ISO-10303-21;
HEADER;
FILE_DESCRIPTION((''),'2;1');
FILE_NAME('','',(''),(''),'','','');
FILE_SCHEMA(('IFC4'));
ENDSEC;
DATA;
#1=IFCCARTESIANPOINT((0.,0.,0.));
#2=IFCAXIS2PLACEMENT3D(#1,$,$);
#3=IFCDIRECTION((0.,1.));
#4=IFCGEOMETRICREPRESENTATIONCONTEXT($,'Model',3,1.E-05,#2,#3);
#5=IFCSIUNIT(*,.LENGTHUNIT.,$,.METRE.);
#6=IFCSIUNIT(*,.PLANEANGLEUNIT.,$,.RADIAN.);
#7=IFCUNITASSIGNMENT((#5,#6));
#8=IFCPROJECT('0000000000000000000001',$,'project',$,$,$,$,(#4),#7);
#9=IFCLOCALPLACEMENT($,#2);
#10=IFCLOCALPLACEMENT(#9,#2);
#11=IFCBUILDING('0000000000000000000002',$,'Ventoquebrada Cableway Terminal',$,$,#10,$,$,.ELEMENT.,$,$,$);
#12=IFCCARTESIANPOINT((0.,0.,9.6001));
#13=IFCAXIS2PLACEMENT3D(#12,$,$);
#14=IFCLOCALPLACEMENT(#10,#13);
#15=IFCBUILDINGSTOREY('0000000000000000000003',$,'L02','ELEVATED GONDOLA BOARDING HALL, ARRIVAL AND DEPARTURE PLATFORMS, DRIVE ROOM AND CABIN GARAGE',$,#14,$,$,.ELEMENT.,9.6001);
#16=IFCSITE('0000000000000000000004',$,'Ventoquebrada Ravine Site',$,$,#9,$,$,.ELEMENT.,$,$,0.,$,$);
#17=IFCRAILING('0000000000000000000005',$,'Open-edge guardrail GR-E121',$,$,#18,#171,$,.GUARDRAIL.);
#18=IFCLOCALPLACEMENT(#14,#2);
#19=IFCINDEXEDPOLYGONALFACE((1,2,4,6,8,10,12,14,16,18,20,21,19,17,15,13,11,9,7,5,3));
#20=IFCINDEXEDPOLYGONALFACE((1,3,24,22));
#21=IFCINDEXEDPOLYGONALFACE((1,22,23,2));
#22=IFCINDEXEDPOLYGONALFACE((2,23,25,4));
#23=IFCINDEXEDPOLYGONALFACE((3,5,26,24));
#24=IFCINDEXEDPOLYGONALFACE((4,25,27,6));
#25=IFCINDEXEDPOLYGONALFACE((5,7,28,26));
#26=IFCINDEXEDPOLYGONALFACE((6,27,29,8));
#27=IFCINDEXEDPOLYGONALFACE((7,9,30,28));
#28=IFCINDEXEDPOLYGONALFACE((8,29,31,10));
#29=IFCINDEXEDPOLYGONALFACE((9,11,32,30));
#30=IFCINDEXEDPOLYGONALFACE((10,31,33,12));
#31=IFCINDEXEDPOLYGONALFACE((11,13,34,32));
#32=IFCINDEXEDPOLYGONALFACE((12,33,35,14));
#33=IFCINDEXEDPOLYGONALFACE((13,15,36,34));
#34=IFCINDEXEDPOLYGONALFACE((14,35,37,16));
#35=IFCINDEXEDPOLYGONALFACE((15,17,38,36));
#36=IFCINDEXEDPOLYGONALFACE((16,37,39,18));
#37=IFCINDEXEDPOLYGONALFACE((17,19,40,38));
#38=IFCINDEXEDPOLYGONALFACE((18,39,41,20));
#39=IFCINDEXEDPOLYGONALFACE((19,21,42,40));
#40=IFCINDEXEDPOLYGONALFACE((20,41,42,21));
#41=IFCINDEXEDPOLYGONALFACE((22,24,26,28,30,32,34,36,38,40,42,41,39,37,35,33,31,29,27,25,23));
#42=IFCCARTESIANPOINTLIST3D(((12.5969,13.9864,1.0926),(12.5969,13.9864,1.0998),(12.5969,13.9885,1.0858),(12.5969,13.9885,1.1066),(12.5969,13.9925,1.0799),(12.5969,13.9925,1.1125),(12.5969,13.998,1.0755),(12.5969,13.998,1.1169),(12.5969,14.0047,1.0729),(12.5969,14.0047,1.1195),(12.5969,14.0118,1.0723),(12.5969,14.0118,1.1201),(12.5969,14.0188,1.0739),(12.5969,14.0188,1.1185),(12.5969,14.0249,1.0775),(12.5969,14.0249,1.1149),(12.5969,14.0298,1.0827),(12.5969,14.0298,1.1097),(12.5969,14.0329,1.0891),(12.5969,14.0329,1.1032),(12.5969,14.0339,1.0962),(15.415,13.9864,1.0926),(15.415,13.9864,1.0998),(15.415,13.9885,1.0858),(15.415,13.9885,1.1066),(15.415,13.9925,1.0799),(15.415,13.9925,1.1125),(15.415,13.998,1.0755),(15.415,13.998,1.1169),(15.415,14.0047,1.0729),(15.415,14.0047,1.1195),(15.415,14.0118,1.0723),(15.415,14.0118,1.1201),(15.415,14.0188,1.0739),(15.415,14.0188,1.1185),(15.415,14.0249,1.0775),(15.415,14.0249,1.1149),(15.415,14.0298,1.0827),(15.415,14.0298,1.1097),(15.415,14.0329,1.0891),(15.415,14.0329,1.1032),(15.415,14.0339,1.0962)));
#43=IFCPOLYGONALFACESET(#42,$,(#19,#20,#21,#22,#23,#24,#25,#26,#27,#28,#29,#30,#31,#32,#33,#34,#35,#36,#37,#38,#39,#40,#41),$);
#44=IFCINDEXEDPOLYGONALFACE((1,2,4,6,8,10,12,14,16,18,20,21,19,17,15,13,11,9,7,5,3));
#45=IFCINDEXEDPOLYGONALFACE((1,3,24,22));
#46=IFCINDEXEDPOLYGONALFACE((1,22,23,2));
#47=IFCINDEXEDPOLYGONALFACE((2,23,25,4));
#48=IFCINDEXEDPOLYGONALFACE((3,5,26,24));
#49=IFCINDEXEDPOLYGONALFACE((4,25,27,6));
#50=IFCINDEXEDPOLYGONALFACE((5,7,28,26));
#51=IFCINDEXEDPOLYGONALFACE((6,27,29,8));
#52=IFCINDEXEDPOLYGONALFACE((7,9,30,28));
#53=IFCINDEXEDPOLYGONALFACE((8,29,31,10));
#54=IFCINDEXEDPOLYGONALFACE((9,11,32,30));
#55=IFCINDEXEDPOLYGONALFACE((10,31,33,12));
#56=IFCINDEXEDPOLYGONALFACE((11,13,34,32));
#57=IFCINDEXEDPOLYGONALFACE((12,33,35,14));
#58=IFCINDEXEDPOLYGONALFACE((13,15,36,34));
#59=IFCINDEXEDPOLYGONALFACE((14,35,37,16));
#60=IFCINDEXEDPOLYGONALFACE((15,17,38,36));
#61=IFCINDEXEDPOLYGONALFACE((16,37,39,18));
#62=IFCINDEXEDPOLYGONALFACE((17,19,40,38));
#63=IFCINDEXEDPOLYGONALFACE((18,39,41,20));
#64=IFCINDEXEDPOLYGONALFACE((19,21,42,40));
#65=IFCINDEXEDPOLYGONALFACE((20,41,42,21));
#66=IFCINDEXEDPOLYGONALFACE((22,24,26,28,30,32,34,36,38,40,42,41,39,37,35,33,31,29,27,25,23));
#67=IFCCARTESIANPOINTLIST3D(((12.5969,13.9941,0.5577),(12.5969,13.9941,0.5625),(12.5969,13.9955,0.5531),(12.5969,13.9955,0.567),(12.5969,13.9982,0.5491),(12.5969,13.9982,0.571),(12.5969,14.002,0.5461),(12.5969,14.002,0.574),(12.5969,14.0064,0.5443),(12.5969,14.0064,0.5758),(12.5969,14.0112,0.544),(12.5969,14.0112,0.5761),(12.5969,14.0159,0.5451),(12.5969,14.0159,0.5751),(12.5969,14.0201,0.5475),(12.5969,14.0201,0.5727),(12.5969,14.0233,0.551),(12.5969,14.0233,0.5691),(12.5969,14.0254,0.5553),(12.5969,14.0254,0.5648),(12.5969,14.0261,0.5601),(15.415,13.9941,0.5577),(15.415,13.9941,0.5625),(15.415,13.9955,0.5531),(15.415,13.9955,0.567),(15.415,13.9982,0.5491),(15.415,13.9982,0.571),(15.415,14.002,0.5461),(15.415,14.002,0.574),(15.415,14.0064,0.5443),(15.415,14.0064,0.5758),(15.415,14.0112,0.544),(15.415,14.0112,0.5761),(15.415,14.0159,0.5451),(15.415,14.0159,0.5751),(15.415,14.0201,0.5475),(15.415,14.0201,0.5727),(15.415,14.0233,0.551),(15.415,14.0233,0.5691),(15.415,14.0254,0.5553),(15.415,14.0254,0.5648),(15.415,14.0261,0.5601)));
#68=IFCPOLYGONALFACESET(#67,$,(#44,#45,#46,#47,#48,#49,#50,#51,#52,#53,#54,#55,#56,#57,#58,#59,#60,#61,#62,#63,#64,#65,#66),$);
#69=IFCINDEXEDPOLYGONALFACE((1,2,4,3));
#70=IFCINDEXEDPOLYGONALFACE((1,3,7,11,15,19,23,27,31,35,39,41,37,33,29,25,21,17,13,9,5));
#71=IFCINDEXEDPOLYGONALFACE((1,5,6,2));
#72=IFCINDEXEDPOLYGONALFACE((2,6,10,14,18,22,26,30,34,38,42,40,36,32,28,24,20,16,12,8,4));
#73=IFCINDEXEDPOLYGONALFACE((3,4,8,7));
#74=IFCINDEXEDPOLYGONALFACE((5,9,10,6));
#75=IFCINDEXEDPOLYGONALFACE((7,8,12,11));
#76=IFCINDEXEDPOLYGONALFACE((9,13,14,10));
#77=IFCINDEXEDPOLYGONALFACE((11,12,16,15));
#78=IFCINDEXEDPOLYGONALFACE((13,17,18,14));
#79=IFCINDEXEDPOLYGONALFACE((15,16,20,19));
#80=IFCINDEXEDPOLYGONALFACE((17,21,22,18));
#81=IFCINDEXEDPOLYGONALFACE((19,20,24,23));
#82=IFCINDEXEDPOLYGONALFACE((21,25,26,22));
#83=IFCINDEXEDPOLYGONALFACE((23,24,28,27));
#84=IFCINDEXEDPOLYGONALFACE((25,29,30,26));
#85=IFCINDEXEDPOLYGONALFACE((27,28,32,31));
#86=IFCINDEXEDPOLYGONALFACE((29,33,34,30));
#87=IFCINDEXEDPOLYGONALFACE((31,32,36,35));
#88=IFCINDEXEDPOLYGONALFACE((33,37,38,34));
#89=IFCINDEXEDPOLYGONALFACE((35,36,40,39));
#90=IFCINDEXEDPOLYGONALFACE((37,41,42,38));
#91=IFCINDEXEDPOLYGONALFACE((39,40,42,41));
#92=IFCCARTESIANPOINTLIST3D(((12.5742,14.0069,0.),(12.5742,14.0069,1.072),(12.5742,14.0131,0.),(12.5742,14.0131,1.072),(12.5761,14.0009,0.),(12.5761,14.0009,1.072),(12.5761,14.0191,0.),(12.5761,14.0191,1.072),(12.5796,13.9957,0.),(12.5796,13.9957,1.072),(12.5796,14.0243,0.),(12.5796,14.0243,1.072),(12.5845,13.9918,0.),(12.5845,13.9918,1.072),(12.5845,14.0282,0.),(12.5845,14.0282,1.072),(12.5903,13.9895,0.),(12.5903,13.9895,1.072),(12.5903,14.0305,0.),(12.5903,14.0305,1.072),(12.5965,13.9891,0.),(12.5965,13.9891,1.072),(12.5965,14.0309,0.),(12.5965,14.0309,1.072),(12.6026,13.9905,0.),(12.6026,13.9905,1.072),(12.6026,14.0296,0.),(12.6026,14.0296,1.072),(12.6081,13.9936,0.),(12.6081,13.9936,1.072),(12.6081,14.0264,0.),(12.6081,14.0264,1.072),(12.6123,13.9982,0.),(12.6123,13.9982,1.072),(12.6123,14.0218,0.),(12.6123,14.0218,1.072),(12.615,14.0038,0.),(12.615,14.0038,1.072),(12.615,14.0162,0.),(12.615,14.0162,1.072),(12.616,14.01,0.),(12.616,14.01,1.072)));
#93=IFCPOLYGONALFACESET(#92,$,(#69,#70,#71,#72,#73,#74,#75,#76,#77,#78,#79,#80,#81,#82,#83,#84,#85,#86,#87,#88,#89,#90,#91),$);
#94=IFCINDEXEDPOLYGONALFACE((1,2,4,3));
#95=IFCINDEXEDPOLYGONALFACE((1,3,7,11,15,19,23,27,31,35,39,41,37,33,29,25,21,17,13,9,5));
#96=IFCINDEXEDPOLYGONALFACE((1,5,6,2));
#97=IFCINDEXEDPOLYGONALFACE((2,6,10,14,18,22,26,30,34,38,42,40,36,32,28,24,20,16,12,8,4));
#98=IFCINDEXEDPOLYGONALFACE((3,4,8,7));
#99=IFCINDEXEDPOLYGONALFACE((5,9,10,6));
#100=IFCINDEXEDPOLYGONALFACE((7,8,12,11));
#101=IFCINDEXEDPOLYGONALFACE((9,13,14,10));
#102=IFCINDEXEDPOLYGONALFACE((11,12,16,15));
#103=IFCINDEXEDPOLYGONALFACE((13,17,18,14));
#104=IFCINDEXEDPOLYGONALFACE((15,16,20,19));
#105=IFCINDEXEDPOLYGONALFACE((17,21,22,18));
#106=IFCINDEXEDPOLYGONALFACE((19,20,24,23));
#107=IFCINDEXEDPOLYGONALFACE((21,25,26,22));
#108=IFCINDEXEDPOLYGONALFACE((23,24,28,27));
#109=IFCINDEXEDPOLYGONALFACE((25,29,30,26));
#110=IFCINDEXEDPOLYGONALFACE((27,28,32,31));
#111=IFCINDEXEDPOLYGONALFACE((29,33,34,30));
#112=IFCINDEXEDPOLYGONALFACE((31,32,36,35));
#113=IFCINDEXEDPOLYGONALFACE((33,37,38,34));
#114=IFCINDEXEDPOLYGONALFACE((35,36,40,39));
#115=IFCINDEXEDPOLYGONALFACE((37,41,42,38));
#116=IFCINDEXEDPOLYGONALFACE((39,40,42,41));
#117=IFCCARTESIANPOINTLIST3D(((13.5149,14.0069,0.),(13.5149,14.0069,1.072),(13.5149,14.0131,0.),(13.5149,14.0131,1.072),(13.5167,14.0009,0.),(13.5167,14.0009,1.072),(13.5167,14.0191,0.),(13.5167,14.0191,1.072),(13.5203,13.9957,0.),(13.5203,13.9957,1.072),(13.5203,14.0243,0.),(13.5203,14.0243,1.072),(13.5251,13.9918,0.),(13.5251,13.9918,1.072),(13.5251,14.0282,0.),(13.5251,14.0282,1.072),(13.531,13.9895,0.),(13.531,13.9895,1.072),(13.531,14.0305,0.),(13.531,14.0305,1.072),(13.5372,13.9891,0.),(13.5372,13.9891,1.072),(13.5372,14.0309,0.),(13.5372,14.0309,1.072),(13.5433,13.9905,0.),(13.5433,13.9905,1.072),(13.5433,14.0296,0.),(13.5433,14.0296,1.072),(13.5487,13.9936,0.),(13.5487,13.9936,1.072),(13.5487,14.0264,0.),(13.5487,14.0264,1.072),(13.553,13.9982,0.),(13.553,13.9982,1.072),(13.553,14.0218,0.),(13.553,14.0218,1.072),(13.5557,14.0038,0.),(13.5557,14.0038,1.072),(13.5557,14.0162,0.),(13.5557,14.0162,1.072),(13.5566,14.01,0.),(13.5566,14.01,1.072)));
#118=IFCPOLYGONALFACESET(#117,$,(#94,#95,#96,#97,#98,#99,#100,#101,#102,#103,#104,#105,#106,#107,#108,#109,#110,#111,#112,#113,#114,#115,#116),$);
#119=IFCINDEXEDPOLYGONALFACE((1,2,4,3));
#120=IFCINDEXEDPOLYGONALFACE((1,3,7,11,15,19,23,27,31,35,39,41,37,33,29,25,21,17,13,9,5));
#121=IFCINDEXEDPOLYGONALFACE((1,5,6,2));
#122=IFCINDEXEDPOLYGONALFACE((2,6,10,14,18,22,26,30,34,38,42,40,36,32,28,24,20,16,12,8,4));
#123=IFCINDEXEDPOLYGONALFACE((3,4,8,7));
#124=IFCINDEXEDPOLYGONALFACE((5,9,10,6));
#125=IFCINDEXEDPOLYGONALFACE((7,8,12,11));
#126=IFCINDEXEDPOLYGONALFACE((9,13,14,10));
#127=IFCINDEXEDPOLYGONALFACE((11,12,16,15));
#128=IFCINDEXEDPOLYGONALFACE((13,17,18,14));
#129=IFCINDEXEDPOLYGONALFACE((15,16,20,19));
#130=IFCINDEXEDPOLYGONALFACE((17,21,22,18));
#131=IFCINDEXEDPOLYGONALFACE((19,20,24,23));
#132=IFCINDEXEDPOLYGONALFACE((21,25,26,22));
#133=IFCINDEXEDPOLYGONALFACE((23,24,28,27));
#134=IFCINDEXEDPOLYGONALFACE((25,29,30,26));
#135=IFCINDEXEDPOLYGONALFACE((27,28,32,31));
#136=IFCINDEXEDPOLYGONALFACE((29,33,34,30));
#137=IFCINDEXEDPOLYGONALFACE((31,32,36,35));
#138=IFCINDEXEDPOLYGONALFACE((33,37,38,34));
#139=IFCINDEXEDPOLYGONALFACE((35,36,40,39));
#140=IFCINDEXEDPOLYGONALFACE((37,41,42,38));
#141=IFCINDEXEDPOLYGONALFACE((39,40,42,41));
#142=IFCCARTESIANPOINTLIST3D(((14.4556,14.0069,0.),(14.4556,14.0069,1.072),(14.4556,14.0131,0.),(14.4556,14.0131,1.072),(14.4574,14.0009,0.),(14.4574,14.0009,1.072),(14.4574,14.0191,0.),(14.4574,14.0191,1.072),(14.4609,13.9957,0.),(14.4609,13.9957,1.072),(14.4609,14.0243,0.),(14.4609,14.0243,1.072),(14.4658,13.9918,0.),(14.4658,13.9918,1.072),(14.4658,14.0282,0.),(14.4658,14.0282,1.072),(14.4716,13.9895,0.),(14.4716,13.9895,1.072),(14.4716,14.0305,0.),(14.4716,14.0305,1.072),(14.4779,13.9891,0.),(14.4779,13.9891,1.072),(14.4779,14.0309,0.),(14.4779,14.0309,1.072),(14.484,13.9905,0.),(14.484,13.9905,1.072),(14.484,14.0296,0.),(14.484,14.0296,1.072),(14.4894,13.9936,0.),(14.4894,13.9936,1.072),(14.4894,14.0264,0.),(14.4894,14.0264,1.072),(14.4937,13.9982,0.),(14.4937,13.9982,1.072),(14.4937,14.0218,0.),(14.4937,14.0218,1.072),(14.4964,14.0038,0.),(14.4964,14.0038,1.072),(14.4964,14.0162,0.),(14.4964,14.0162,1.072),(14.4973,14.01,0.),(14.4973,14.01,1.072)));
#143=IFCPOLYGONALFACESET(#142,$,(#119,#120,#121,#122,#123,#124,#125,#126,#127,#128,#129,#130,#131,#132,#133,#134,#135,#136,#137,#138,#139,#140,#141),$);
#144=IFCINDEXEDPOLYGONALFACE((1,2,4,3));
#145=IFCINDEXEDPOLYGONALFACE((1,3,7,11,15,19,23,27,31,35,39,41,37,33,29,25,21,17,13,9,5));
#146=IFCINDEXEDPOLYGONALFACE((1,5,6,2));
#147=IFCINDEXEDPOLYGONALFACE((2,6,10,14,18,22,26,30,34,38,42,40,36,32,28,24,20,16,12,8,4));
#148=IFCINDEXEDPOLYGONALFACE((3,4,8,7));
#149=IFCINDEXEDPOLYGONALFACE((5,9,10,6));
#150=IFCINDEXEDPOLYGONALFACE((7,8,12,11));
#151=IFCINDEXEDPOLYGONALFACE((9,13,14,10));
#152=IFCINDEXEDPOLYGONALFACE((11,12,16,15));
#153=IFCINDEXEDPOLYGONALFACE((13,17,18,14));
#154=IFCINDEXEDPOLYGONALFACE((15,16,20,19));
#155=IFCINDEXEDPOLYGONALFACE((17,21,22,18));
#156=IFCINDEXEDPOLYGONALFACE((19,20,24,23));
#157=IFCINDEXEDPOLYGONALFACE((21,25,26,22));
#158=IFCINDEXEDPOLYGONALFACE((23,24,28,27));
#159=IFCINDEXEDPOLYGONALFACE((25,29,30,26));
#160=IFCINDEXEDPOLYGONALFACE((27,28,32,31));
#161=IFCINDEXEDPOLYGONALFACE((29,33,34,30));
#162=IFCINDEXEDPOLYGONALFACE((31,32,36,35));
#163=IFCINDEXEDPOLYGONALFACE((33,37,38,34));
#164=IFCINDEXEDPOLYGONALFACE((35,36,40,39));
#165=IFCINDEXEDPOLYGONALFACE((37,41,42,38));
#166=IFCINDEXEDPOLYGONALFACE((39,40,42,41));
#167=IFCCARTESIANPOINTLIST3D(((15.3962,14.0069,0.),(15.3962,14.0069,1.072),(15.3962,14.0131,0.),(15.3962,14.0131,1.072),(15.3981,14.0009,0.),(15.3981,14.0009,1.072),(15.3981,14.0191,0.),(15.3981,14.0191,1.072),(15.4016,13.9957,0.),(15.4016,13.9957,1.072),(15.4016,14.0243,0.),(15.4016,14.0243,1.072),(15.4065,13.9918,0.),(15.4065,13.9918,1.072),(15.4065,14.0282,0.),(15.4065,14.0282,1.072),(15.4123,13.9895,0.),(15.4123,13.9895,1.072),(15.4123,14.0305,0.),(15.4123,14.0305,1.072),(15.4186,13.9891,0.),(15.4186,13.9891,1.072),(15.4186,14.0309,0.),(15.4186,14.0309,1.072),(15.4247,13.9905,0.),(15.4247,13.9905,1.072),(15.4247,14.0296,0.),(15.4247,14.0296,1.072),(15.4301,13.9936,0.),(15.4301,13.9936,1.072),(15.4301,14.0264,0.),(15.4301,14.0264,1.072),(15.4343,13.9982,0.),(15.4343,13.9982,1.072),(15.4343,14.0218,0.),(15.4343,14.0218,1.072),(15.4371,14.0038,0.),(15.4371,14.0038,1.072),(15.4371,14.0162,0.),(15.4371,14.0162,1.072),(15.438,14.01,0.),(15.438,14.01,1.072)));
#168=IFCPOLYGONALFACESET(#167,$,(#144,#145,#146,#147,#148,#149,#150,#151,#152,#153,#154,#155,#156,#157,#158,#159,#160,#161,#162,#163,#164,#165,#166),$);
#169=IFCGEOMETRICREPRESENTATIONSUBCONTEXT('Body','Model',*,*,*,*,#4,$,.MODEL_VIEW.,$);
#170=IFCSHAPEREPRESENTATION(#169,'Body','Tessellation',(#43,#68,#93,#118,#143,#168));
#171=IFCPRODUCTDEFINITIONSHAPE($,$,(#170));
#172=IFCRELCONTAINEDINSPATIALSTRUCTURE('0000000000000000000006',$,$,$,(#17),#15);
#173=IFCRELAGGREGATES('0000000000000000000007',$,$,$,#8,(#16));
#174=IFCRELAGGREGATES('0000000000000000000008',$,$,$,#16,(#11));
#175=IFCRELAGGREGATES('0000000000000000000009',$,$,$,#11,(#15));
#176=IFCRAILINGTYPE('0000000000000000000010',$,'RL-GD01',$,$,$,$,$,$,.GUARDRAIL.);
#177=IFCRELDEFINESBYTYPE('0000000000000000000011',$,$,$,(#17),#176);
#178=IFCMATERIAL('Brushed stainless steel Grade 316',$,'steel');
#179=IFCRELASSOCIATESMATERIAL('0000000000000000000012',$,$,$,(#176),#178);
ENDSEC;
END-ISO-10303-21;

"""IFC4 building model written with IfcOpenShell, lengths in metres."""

from ifc_helpers import new_model, si_unit, direction, frame, origin, origin_2d, place, context, subcontext, project, spatial, circle, extrude, material, type_object, element, save


model = new_model("IFC4")

# Units and contexts
model_context = context("Model", 3, precision=1e-05, world=origin(), true_north=direction((0.0, 1.0)))
body_context = subcontext(model_context, "Body", "Model", "MODEL_VIEW")
ifc_project = project(units=[si_unit("LENGTHUNIT", "METRE"), si_unit("PLANEANGLEUNIT", "RADIAN")], contexts=[model_context])

# Site, building, storey
site_placement = place(None, origin())
site = spatial("IfcSite", under=ifc_project, at=site_placement, Name="Ventoquebrada Ravine Site", CompositionType="ELEMENT", RefElevation=0.0)
building_placement = place(site_placement, origin())
building = spatial("IfcBuilding", under=site, at=building_placement, Name="Ventoquebrada Cableway Terminal", CompositionType="ELEMENT")
storey_placement = place(building_placement, frame((0.0, 0.0, 9.6001)))
storey = spatial("IfcBuildingStorey", under=building, at=storey_placement, Name="L02", Description="ELEVATED GONDOLA BOARDING HALL, ARRIVAL AND DEPARTURE PLATFORMS, DRIVE ROOM AND CABIN GARAGE", CompositionType="ELEMENT", Elevation=9.6001)

# Railing
ifc_material_1 = material(Name="Brushed stainless steel Grade 316", Category="steel")
railing_type = type_object("IfcRailingType", Name="RL-GD01", PredefinedType="GUARDRAIL", material=ifc_material_1)
railing_placement = place(storey_placement, frame((12.595, 14.01, 0.0)))
element("IfcRailing", 1, at=railing_placement, inside=storey, type_object=railing_type, Name="Open-edge guardrail GR-E121", PredefinedType="GUARDRAIL", context=body_context, shape_type="SweptSolid", body=[
    extrude(circle(Radius=0.0239, at=origin_2d()), frame((0.002, 0.0, 1.0962), z_axis=(1.0, 0.0, 0.0), x_axis=(0.0, 1.0, 0.0)), (0.0, 0.0, 1.0), 2.8181),
    extrude(circle(Radius=0.0161, at=origin_2d()), frame((0.002, 0.0, 0.5601), z_axis=(1.0, 0.0, 0.0), x_axis=(0.0, 1.0, 0.0)), (0.0, 0.0, 1.0), 2.8181),
    extrude(circle(Radius=0.021, at=origin_2d()), origin(), (0.0, 0.0, 1.0), 1.072),
    extrude(circle(Radius=0.021, at=origin_2d()), frame((0.9407, 0.0, 0.0)), (0.0, 0.0, 1.0), 1.072),
    extrude(circle(Radius=0.021, at=origin_2d()), frame((1.8813, 0.0, 0.0)), (0.0, 0.0, 1.0), 1.072),
    extrude(circle(Radius=0.021, at=origin_2d()), frame((2.822, 0.0, 0.0)), (0.0, 0.0, 1.0), 1.072),
])

save(model, "model.ifc")
